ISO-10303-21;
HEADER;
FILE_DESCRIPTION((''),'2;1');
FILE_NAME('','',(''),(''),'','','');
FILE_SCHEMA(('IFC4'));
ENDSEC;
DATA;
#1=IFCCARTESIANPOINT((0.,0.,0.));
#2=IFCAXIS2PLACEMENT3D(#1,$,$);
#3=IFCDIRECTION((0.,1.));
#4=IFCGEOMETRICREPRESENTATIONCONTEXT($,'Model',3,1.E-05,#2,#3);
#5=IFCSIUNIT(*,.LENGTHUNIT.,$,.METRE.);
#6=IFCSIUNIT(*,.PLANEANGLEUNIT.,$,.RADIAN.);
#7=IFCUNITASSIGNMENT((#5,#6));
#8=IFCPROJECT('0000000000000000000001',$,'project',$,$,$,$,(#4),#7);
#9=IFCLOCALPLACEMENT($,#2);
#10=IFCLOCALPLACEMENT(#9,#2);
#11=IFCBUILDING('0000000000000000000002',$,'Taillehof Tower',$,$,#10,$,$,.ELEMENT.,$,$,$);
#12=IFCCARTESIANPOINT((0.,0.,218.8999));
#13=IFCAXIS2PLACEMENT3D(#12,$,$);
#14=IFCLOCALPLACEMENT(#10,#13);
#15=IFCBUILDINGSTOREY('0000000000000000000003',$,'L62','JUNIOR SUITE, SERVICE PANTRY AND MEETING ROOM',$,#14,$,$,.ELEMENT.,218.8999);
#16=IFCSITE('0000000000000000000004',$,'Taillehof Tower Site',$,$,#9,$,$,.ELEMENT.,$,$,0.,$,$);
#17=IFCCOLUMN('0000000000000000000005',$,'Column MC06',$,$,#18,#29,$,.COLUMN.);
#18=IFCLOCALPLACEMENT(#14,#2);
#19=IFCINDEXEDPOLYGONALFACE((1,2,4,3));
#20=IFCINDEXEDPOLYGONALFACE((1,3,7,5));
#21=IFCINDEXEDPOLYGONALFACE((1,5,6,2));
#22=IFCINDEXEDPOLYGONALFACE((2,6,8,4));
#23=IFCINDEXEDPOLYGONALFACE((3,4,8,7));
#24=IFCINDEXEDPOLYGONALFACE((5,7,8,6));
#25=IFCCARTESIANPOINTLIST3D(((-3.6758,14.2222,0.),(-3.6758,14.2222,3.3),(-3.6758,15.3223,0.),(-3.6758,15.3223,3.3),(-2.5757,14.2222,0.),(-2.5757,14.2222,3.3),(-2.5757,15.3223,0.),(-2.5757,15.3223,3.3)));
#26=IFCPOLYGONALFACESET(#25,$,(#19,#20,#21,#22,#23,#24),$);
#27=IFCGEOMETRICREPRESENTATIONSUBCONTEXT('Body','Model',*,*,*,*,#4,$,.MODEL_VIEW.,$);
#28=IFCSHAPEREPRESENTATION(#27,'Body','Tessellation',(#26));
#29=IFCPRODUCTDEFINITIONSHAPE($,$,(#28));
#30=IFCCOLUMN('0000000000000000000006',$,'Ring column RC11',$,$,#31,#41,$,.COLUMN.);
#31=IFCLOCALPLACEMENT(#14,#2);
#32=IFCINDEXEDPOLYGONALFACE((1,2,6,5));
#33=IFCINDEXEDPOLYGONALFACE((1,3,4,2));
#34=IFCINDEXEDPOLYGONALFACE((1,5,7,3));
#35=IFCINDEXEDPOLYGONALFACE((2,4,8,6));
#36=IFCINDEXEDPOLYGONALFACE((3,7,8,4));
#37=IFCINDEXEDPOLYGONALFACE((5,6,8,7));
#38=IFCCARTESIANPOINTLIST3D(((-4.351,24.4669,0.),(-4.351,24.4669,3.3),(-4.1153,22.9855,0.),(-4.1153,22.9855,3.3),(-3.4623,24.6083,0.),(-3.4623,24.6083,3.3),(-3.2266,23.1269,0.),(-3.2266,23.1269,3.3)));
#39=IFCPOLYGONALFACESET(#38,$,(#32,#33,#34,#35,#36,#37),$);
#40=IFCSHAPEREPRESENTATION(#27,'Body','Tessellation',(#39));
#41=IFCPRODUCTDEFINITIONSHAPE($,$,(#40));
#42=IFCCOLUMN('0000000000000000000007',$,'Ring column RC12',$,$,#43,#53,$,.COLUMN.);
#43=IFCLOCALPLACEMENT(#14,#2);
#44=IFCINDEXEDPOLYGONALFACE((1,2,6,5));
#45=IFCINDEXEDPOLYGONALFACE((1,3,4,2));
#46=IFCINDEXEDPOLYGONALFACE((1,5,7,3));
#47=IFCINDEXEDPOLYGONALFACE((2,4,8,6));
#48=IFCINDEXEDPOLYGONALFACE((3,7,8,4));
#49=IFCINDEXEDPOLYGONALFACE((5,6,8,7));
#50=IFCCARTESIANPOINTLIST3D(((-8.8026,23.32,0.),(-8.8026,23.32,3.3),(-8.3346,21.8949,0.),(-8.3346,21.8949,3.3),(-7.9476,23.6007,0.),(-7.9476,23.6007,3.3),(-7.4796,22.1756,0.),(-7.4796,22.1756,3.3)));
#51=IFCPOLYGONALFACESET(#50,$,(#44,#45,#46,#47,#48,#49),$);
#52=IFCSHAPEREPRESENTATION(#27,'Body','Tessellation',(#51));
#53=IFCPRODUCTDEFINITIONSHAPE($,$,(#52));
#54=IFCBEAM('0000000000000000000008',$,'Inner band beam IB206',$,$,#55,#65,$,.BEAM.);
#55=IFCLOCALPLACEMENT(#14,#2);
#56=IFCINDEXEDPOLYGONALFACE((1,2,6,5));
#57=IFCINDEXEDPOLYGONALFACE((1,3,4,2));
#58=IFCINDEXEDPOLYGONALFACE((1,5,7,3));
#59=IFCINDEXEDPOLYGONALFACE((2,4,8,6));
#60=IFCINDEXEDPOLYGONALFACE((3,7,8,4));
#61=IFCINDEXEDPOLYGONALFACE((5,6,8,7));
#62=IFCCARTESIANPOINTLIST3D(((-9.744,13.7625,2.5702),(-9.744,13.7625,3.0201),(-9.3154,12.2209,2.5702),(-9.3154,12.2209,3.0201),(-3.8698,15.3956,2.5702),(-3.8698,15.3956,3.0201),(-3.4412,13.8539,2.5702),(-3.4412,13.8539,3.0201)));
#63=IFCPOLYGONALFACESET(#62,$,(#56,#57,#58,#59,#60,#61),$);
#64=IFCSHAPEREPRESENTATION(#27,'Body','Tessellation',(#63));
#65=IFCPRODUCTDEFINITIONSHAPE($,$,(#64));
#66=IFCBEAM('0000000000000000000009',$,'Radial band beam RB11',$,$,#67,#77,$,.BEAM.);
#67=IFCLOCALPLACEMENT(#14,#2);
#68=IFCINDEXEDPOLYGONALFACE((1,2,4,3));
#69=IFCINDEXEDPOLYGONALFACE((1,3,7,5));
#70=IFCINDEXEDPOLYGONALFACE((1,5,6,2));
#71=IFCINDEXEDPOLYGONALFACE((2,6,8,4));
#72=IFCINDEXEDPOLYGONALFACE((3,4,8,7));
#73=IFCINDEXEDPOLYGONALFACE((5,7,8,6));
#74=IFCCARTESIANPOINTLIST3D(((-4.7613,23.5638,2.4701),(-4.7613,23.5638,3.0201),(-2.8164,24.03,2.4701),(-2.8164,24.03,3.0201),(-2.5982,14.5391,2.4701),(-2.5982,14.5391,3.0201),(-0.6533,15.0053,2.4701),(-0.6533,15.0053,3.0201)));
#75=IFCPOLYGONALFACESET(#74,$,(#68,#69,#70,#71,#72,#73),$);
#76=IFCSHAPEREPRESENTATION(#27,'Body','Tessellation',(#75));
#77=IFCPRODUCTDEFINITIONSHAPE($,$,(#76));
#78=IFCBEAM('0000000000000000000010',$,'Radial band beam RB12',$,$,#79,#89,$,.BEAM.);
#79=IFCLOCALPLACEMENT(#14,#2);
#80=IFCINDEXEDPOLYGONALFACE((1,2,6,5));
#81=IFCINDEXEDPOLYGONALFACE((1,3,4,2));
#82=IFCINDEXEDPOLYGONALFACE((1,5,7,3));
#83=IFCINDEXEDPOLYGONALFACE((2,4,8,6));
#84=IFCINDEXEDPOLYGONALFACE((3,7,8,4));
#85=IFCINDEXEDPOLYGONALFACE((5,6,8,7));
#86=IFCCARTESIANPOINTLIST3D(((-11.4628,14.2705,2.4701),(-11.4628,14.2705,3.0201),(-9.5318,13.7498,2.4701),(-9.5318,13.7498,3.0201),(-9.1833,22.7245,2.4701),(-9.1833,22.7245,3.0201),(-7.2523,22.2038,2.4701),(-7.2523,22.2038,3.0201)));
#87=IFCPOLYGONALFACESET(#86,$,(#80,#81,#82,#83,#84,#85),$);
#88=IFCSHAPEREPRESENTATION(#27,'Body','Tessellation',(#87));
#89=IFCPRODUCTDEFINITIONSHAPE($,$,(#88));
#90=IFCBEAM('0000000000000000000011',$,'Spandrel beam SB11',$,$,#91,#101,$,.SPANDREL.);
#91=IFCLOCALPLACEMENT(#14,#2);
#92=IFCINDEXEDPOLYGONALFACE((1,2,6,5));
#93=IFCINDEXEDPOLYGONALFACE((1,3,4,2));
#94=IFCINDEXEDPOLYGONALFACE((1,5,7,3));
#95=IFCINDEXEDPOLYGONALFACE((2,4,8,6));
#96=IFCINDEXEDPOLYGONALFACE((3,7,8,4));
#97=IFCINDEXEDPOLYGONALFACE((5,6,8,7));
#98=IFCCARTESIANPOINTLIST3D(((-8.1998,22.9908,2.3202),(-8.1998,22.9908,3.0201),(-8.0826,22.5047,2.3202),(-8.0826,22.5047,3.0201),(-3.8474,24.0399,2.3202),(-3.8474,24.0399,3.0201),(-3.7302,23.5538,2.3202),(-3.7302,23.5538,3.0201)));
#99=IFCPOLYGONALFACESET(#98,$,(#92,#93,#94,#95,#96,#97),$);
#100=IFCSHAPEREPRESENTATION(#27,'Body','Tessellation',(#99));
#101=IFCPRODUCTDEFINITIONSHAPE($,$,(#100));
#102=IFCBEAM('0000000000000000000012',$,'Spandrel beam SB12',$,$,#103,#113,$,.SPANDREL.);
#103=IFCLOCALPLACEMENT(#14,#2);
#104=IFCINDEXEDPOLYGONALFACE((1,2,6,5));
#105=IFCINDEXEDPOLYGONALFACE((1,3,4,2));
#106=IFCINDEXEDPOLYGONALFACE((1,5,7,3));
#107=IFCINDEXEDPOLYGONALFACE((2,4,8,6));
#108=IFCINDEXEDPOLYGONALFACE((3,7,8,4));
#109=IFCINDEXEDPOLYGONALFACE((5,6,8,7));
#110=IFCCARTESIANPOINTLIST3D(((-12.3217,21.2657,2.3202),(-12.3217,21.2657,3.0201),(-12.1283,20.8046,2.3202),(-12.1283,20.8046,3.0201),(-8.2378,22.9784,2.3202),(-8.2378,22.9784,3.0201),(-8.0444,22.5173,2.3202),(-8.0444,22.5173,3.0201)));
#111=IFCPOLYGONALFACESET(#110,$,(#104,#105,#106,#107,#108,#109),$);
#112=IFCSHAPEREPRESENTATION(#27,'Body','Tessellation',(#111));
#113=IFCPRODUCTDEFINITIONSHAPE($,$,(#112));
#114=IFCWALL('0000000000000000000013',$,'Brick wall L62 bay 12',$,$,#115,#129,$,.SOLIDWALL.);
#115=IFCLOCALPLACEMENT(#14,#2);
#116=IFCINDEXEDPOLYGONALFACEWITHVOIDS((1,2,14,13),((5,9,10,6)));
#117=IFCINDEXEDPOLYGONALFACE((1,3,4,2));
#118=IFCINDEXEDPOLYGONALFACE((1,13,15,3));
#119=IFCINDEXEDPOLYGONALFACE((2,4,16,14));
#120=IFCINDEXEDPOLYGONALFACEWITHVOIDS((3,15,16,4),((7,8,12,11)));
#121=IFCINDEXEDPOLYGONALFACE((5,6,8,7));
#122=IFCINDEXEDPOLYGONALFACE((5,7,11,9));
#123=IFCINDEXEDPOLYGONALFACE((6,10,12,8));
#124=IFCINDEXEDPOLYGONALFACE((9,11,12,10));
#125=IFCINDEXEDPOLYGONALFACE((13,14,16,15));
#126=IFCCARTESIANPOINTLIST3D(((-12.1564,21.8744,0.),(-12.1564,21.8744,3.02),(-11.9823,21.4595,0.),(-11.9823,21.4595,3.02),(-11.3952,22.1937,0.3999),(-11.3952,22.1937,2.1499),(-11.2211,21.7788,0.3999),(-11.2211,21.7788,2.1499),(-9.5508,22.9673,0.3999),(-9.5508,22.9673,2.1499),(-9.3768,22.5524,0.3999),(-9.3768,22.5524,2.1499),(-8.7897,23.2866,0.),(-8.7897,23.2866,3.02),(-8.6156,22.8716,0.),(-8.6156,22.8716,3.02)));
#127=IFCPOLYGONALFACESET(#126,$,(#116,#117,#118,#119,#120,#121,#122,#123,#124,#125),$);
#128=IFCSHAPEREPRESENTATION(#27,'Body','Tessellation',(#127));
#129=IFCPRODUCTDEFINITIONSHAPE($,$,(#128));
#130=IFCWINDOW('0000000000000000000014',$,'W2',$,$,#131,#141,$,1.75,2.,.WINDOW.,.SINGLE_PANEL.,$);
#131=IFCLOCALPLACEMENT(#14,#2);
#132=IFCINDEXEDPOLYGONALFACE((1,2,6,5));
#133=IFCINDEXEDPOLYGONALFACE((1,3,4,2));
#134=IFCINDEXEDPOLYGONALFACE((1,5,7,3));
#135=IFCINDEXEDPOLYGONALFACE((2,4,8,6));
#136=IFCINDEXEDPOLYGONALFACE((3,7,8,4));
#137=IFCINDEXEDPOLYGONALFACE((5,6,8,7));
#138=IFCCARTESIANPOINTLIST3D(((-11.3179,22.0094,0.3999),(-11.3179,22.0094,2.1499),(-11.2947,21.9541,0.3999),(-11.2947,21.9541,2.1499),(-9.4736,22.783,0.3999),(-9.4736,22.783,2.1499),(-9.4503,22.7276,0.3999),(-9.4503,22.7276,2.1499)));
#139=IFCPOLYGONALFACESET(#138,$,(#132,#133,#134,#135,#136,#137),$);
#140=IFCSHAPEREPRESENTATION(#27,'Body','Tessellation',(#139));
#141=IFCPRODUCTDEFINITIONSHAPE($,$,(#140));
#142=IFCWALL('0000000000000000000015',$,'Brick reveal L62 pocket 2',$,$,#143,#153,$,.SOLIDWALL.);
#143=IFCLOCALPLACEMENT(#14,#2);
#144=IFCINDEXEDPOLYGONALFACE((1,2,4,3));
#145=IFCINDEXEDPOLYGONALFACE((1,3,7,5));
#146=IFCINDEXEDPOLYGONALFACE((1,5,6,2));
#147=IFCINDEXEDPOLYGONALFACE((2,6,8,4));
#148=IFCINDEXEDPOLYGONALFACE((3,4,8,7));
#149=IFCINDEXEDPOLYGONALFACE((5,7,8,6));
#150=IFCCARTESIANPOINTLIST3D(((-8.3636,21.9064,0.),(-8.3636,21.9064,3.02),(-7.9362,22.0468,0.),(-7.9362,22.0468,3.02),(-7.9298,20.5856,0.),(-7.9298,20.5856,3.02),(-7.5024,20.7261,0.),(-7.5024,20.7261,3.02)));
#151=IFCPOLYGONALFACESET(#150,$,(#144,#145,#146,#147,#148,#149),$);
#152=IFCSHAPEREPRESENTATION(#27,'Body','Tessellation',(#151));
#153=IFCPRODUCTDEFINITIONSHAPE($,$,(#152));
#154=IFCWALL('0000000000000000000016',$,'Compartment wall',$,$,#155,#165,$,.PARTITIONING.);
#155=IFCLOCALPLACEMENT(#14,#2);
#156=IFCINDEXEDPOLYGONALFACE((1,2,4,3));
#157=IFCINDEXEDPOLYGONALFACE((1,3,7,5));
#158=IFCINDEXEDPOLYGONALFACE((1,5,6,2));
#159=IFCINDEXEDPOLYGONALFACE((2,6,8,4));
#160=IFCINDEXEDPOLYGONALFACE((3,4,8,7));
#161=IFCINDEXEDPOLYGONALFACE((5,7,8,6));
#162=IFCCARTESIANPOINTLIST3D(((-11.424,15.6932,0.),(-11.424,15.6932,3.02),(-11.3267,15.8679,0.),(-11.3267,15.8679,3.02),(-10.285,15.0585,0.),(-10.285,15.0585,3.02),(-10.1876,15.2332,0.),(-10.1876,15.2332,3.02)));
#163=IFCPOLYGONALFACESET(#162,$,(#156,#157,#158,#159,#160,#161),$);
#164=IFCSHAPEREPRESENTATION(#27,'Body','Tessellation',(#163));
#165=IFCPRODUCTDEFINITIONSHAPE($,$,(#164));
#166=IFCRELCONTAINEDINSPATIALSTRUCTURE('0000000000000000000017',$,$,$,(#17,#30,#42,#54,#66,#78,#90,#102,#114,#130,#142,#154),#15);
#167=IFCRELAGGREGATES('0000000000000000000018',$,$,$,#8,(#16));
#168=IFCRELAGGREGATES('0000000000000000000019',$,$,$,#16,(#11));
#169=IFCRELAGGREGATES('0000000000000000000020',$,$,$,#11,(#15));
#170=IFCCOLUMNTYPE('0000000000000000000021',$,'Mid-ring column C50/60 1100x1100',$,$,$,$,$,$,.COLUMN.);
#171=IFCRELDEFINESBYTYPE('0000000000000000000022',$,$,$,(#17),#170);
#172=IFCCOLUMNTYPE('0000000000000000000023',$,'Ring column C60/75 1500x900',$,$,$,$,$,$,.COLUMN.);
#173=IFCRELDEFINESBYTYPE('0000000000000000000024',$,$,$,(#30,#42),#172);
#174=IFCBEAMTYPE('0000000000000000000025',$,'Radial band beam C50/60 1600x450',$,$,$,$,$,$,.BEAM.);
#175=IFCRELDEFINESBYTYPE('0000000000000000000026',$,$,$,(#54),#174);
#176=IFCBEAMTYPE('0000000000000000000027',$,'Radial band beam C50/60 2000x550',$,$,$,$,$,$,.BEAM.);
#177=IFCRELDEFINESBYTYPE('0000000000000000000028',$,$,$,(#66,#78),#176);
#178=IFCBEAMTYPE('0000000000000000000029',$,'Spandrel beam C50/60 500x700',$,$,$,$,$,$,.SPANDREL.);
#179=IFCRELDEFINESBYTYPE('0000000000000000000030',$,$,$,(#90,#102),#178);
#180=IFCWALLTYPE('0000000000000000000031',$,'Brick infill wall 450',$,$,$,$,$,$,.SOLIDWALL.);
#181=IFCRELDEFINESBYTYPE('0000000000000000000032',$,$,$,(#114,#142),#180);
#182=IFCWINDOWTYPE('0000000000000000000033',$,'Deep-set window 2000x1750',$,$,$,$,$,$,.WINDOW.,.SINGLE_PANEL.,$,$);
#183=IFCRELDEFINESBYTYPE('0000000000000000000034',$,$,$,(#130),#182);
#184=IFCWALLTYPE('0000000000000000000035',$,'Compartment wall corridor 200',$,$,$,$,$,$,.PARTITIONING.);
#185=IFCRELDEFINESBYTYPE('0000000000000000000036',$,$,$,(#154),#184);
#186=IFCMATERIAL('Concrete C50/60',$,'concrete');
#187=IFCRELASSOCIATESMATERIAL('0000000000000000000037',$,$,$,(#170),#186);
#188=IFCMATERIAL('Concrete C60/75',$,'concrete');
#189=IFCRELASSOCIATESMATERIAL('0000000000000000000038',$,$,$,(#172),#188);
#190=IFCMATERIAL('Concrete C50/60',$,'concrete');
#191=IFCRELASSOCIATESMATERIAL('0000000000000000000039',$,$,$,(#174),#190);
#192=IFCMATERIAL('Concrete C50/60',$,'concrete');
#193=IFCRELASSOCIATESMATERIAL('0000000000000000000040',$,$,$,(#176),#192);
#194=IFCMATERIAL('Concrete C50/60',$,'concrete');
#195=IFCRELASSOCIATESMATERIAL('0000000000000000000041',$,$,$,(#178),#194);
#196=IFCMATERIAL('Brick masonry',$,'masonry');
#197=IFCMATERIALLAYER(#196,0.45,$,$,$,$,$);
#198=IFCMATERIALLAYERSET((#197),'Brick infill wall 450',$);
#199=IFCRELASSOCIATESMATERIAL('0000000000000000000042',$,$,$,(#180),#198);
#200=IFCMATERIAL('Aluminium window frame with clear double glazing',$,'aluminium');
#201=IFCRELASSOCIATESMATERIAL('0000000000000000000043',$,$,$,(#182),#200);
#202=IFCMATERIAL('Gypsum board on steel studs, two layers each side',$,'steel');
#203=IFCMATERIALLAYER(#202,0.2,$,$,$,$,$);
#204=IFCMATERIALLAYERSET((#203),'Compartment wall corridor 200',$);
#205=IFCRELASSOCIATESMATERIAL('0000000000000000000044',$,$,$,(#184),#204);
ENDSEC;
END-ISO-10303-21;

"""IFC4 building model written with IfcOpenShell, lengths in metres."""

from ifc_helpers import new_model, si_unit, direction, frame, frame_2d, origin, origin_2d, place, context, subcontext, project, spatial, rectangle, extrude, material, layer, layer_set, material_profile, profile_set, type_object, element, fill, save


model = new_model("IFC4")

# Units and contexts
model_context = context("Model", 3, precision=1e-05, world=origin(), true_north=direction((0.0, 1.0)))
body_context = subcontext(model_context, "Body", "Model", "MODEL_VIEW")
ifc_project = project(units=[si_unit("LENGTHUNIT", "METRE"), si_unit("PLANEANGLEUNIT", "RADIAN")], contexts=[model_context])

# Site, building, storey
site_placement = place(None, origin())
site = spatial("IfcSite", under=ifc_project, at=site_placement, Name="Taillehof Tower Site", CompositionType="ELEMENT", RefElevation=0.0)
building_placement = place(site_placement, origin())
building = spatial("IfcBuilding", under=site, at=building_placement, Name="Taillehof Tower", CompositionType="ELEMENT")
storey_placement = place(building_placement, frame((0.0, 0.0, 218.8999)))
storey = spatial("IfcBuildingStorey", under=building, at=storey_placement, Name="L62", Description="JUNIOR SUITE, SERVICE PANTRY AND MEETING ROOM", CompositionType="ELEMENT", Elevation=218.8999)

# Columns
ifc_material_1 = material(Name="Concrete C50/60", Category="concrete")
ifc_material_profile_1 = material_profile(ifc_material_1, rectangle(XDim=1.1001, YDim=1.1001, at=origin_2d()), Name="RC 1100x1100")
ifc_profile_set_1 = profile_set([ifc_material_profile_1], Name="Concrete C50/60")
column_type_1 = type_object("IfcColumnType", Name="Mid-ring column C50/60 1100x1100", PredefinedType="COLUMN", material=ifc_profile_set_1)
column_placement = place(storey_placement, frame((-3.1257, 14.7722, 0.0), z_axis=(0.0, 0.0, 1.0), x_axis=(1.0, 0.0, 0.0)))
element("IfcColumn", 1, at=column_placement, inside=storey, type_object=column_type_1, Name="Column MC06", PredefinedType="COLUMN", context=body_context, shape_type="SweptSolid", body=[
    extrude(rectangle(XDim=1.1001, YDim=1.1001, at=origin_2d()), origin(), (0.0, 0.0, 1.0), 3.3),
])
ifc_material_2 = material(Name="Concrete C60/75", Category="concrete")
ifc_material_profile_2 = material_profile(ifc_material_2, rectangle(XDim=1.5, YDim=0.8999, at=origin_2d()), Name="RC 1500x900")
ifc_profile_set_2 = profile_set([ifc_material_profile_2], Name="Concrete C60/75")
column_type_2 = type_object("IfcColumnType", Name="Ring column C60/75 1500x900", PredefinedType="COLUMN", material=ifc_profile_set_2)
for number, where, z_axis, x_axis, name in (
    (2, (-3.7888, 23.7969, 0.0), (0.0, 0.0, 1.0), (-0.157116, 0.98758, 0.0), "Ring column RC11"),
    (3, (-8.1411, 22.7478, 0.0), (0.0, 0.0, 1.0), (-0.312001, 0.950082, 0.0), "Ring column RC12"),
):
    element("IfcColumn", number, at=place(storey_placement, frame(where, z_axis=z_axis, x_axis=x_axis)), inside=storey, type_object=column_type_2, Name=name, PredefinedType="COLUMN", context=body_context, shape_type="SweptSolid", body=[
        extrude(rectangle(XDim=1.5, YDim=0.8999, at=origin_2d()), origin(), (0.0, 0.0, 1.0), 3.3),
    ])

# Beams
ifc_material_3 = material(Name="Concrete C50/60", Category="concrete")
ifc_material_profile_3 = material_profile(ifc_material_3, rectangle(XDim=1.6001, YDim=0.45, at=origin_2d()), Name="RC 1600x450")
ifc_profile_set_3 = profile_set([ifc_material_profile_3], Name="Concrete C50/60")
beam_type_1 = type_object("IfcBeamType", Name="Radial band beam C50/60 1600x450", PredefinedType="BEAM", material=ifc_profile_set_3)
beam_1_placement = place(storey_placement, frame((-3.6555, 14.6248, 2.7952), z_axis=(-0.963459, -0.267855, 0.0), x_axis=(0.267855, -0.963459, 0.0)))
element("IfcBeam", 4, at=beam_1_placement, inside=storey, type_object=beam_type_1, Name="Inner band beam IB206", PredefinedType="BEAM", context=body_context, shape_type="SweptSolid", body=[
    extrude(rectangle(XDim=1.6001, YDim=0.45, at=origin_2d()), origin(), (0.0, 0.0, 1.0), 6.0969),
])
ifc_material_4 = material(Name="Concrete C50/60", Category="concrete")
ifc_material_profile_4 = material_profile(ifc_material_4, rectangle(XDim=2.0, YDim=0.55, at=origin_2d()), Name="RC 2000x550")
ifc_profile_set_4 = profile_set([ifc_material_profile_4], Name="Concrete C50/60")
beam_type_2 = type_object("IfcBeamType", Name="Radial band beam C50/60 2000x550", PredefinedType="BEAM", material=ifc_profile_set_4)
beam_2_placement = place(storey_placement, frame((-3.7888, 23.7969, 2.7451), z_axis=(0.233084, -0.972457, 0.0), x_axis=(0.972457, 0.233084, 0.0)))
element("IfcBeam", 5, at=beam_2_placement, inside=storey, type_object=beam_type_2, Name="Radial band beam RB11", PredefinedType="BEAM", context=body_context, shape_type="SweptSolid", body=[
    extrude(rectangle(XDim=2.0, YDim=0.55, at=origin_2d()), origin(), (0.0, 0.0, 1.0), 9.2803),
])
beam_3_placement = place(storey_placement, frame((-8.2178, 22.4641, 2.7451), z_axis=(-0.260346, -0.965515, 0.0), x_axis=(0.965515, -0.260346, 0.0)))
element("IfcBeam", 6, at=beam_3_placement, inside=storey, type_object=beam_type_2, Name="Radial band beam RB12", PredefinedType="BEAM", context=body_context, shape_type="SweptSolid", body=[
    extrude(rectangle(XDim=2.0, YDim=0.55, at=origin_2d()), origin(), (0.0, 0.0, 1.0), 8.7559),
])
ifc_material_5 = material(Name="Concrete C50/60", Category="concrete")
ifc_material_profile_5 = material_profile(ifc_material_5, rectangle(XDim=0.5, YDim=0.7, at=origin_2d()), Name="RC 500x700")
ifc_profile_set_5 = profile_set([ifc_material_profile_5], Name="Concrete C50/60")
beam_type_3 = type_object("IfcBeamType", Name="Spandrel beam C50/60 500x700", PredefinedType="SPANDREL", material=ifc_profile_set_5)
beam_4_placement = place(storey_placement, frame((-3.7888, 23.7969, 2.6702), z_axis=(-0.972158, -0.234328, 0.0), x_axis=(0.234328, -0.972158, 0.0)))
element("IfcBeam", 7, at=beam_4_placement, inside=storey, type_object=beam_type_3, Name="Spandrel beam SB11", PredefinedType="SPANDREL", context=body_context, shape_type="SweptSolid", body=[
    extrude(rectangle(XDim=0.5, YDim=0.7, at=origin_2d()), origin(), (0.0, 0.0, 1.0), 4.4771),
])
beam_5_placement = place(storey_placement, frame((-8.1411, 22.7478, 2.6702), z_axis=(-0.922194, -0.386728, 0.0), x_axis=(0.386728, -0.922194, 0.0)))
element("IfcBeam", 8, at=beam_5_placement, inside=storey, type_object=beam_type_3, Name="Spandrel beam SB12", PredefinedType="SPANDREL", context=body_context, shape_type="SweptSolid", body=[
    extrude(rectangle(XDim=0.5, YDim=0.7, at=origin_2d()), origin(), (0.0, 0.0, 1.0), 4.4285),
])

# Wall, opening, window
ifc_material_6 = material(Name="Brick masonry", Category="masonry")
ifc_layer_1 = layer(ifc_material_6, 0.45)
ifc_layer_set_1 = layer_set([ifc_layer_1], Name="Brick infill wall 450")
wall_type_1 = type_object("IfcWallType", Name="Brick infill wall 450", PredefinedType="SOLIDWALL", material=ifc_layer_set_1)
wall_1_placement = place(storey_placement, frame((-8.7026, 23.0791, 0.0), z_axis=(0.0, 0.0, 1.0), x_axis=(-0.922168, -0.386789, 0.0)))
wall_1 = element("IfcWall", 9, at=wall_1_placement, inside=storey, type_object=wall_type_1, Name="Brick wall L62 bay 12", PredefinedType="SOLIDWALL", context=body_context, shape_type="SweptSolid", body=[
    extrude(rectangle(XDim=3.6509, YDim=0.45, at=frame_2d((1.8254, 0.0))), origin(), (0.0, 0.0, 1.0), 3.02),
])
opening_1_placement = place(wall_1_placement, frame((0.8254, 0.0, 0.3999)))
opening_1 = element("IfcOpeningElement", 10, at=opening_1_placement, cuts=wall_1, PredefinedType="OPENING", context=body_context, shape_type="SweptSolid", body=[
    extrude(rectangle(XDim=2.0, YDim=1.75, at=frame_2d((1.0, 0.875))), frame((0.0, 0.2349, 0.0), z_axis=(0.0, -1.0, 0.0), x_axis=(1.0, 0.0, 0.0)), (0.0, 0.0, 1.0), 0.47),
])
ifc_material_7 = material(Name="Aluminium window frame with clear double glazing", Category="aluminium")
window_type_1 = type_object("IfcWindowType", Name="Deep-set window 2000x1750", PartitioningType="SINGLE_PANEL", PredefinedType="WINDOW", material=ifc_material_7)
window_1_placement = place(opening_1_placement, origin())
window_1 = element("IfcWindow", 11, at=window_1_placement, inside=storey, type_object=window_type_1, Name="W2", OverallHeight=1.75, OverallWidth=2.0, PartitioningType="SINGLE_PANEL", PredefinedType="WINDOW", context=body_context, shape_type="SweptSolid", body=[
    extrude(rectangle(XDim=2.0, YDim=1.75, at=frame_2d((1.0, 0.875))), frame((0.0, 0.0349, 0.0), z_axis=(0.0, -1.0, 0.0), x_axis=(1.0, 0.0, 0.0)), (0.0, 0.0, 1.0), 0.0601),
])
fill(opening_1, window_1)

# Wall
wall_2_placement = place(storey_placement, frame((-8.1499, 21.9766, 0.0), z_axis=(0.0, 0.0, 1.0), x_axis=(0.312063, -0.950062, 0.0)))
element("IfcWall", 12, at=wall_2_placement, inside=storey, type_object=wall_type_1, Name="Brick reveal L62 pocket 2", PredefinedType="SOLIDWALL", context=body_context, shape_type="SweptSolid", body=[
    extrude(rectangle(XDim=1.3901, YDim=0.45, at=frame_2d((0.6951, 0.0))), origin(), (0.0, 0.0, 1.0), 3.02),
])

# Wall
ifc_material_8 = material(Name="Gypsum board on steel studs, two layers each side", Category="steel")
ifc_layer_2 = layer(ifc_material_8, 0.2)
ifc_layer_set_2 = layer_set([ifc_layer_2], Name="Compartment wall corridor 200")
wall_type_2 = type_object("IfcWallType", Name="Compartment wall corridor 200", PredefinedType="PARTITIONING", material=ifc_layer_set_2)
wall_3_placement = place(storey_placement, frame((-11.3752, 15.7805, 0.0), z_axis=(0.0, 0.0, 1.0), x_axis=(0.873538, -0.486755, 0.0)))
element("IfcWall", 13, at=wall_3_placement, inside=storey, type_object=wall_type_2, Name="Compartment wall", PredefinedType="PARTITIONING", context=body_context, shape_type="SweptSolid", body=[
    extrude(rectangle(XDim=1.304, YDim=0.2, at=frame_2d((0.6519, 0.0))), origin(), (0.0, 0.0, 1.0), 3.02),
])

save(model, "model.ifc")
